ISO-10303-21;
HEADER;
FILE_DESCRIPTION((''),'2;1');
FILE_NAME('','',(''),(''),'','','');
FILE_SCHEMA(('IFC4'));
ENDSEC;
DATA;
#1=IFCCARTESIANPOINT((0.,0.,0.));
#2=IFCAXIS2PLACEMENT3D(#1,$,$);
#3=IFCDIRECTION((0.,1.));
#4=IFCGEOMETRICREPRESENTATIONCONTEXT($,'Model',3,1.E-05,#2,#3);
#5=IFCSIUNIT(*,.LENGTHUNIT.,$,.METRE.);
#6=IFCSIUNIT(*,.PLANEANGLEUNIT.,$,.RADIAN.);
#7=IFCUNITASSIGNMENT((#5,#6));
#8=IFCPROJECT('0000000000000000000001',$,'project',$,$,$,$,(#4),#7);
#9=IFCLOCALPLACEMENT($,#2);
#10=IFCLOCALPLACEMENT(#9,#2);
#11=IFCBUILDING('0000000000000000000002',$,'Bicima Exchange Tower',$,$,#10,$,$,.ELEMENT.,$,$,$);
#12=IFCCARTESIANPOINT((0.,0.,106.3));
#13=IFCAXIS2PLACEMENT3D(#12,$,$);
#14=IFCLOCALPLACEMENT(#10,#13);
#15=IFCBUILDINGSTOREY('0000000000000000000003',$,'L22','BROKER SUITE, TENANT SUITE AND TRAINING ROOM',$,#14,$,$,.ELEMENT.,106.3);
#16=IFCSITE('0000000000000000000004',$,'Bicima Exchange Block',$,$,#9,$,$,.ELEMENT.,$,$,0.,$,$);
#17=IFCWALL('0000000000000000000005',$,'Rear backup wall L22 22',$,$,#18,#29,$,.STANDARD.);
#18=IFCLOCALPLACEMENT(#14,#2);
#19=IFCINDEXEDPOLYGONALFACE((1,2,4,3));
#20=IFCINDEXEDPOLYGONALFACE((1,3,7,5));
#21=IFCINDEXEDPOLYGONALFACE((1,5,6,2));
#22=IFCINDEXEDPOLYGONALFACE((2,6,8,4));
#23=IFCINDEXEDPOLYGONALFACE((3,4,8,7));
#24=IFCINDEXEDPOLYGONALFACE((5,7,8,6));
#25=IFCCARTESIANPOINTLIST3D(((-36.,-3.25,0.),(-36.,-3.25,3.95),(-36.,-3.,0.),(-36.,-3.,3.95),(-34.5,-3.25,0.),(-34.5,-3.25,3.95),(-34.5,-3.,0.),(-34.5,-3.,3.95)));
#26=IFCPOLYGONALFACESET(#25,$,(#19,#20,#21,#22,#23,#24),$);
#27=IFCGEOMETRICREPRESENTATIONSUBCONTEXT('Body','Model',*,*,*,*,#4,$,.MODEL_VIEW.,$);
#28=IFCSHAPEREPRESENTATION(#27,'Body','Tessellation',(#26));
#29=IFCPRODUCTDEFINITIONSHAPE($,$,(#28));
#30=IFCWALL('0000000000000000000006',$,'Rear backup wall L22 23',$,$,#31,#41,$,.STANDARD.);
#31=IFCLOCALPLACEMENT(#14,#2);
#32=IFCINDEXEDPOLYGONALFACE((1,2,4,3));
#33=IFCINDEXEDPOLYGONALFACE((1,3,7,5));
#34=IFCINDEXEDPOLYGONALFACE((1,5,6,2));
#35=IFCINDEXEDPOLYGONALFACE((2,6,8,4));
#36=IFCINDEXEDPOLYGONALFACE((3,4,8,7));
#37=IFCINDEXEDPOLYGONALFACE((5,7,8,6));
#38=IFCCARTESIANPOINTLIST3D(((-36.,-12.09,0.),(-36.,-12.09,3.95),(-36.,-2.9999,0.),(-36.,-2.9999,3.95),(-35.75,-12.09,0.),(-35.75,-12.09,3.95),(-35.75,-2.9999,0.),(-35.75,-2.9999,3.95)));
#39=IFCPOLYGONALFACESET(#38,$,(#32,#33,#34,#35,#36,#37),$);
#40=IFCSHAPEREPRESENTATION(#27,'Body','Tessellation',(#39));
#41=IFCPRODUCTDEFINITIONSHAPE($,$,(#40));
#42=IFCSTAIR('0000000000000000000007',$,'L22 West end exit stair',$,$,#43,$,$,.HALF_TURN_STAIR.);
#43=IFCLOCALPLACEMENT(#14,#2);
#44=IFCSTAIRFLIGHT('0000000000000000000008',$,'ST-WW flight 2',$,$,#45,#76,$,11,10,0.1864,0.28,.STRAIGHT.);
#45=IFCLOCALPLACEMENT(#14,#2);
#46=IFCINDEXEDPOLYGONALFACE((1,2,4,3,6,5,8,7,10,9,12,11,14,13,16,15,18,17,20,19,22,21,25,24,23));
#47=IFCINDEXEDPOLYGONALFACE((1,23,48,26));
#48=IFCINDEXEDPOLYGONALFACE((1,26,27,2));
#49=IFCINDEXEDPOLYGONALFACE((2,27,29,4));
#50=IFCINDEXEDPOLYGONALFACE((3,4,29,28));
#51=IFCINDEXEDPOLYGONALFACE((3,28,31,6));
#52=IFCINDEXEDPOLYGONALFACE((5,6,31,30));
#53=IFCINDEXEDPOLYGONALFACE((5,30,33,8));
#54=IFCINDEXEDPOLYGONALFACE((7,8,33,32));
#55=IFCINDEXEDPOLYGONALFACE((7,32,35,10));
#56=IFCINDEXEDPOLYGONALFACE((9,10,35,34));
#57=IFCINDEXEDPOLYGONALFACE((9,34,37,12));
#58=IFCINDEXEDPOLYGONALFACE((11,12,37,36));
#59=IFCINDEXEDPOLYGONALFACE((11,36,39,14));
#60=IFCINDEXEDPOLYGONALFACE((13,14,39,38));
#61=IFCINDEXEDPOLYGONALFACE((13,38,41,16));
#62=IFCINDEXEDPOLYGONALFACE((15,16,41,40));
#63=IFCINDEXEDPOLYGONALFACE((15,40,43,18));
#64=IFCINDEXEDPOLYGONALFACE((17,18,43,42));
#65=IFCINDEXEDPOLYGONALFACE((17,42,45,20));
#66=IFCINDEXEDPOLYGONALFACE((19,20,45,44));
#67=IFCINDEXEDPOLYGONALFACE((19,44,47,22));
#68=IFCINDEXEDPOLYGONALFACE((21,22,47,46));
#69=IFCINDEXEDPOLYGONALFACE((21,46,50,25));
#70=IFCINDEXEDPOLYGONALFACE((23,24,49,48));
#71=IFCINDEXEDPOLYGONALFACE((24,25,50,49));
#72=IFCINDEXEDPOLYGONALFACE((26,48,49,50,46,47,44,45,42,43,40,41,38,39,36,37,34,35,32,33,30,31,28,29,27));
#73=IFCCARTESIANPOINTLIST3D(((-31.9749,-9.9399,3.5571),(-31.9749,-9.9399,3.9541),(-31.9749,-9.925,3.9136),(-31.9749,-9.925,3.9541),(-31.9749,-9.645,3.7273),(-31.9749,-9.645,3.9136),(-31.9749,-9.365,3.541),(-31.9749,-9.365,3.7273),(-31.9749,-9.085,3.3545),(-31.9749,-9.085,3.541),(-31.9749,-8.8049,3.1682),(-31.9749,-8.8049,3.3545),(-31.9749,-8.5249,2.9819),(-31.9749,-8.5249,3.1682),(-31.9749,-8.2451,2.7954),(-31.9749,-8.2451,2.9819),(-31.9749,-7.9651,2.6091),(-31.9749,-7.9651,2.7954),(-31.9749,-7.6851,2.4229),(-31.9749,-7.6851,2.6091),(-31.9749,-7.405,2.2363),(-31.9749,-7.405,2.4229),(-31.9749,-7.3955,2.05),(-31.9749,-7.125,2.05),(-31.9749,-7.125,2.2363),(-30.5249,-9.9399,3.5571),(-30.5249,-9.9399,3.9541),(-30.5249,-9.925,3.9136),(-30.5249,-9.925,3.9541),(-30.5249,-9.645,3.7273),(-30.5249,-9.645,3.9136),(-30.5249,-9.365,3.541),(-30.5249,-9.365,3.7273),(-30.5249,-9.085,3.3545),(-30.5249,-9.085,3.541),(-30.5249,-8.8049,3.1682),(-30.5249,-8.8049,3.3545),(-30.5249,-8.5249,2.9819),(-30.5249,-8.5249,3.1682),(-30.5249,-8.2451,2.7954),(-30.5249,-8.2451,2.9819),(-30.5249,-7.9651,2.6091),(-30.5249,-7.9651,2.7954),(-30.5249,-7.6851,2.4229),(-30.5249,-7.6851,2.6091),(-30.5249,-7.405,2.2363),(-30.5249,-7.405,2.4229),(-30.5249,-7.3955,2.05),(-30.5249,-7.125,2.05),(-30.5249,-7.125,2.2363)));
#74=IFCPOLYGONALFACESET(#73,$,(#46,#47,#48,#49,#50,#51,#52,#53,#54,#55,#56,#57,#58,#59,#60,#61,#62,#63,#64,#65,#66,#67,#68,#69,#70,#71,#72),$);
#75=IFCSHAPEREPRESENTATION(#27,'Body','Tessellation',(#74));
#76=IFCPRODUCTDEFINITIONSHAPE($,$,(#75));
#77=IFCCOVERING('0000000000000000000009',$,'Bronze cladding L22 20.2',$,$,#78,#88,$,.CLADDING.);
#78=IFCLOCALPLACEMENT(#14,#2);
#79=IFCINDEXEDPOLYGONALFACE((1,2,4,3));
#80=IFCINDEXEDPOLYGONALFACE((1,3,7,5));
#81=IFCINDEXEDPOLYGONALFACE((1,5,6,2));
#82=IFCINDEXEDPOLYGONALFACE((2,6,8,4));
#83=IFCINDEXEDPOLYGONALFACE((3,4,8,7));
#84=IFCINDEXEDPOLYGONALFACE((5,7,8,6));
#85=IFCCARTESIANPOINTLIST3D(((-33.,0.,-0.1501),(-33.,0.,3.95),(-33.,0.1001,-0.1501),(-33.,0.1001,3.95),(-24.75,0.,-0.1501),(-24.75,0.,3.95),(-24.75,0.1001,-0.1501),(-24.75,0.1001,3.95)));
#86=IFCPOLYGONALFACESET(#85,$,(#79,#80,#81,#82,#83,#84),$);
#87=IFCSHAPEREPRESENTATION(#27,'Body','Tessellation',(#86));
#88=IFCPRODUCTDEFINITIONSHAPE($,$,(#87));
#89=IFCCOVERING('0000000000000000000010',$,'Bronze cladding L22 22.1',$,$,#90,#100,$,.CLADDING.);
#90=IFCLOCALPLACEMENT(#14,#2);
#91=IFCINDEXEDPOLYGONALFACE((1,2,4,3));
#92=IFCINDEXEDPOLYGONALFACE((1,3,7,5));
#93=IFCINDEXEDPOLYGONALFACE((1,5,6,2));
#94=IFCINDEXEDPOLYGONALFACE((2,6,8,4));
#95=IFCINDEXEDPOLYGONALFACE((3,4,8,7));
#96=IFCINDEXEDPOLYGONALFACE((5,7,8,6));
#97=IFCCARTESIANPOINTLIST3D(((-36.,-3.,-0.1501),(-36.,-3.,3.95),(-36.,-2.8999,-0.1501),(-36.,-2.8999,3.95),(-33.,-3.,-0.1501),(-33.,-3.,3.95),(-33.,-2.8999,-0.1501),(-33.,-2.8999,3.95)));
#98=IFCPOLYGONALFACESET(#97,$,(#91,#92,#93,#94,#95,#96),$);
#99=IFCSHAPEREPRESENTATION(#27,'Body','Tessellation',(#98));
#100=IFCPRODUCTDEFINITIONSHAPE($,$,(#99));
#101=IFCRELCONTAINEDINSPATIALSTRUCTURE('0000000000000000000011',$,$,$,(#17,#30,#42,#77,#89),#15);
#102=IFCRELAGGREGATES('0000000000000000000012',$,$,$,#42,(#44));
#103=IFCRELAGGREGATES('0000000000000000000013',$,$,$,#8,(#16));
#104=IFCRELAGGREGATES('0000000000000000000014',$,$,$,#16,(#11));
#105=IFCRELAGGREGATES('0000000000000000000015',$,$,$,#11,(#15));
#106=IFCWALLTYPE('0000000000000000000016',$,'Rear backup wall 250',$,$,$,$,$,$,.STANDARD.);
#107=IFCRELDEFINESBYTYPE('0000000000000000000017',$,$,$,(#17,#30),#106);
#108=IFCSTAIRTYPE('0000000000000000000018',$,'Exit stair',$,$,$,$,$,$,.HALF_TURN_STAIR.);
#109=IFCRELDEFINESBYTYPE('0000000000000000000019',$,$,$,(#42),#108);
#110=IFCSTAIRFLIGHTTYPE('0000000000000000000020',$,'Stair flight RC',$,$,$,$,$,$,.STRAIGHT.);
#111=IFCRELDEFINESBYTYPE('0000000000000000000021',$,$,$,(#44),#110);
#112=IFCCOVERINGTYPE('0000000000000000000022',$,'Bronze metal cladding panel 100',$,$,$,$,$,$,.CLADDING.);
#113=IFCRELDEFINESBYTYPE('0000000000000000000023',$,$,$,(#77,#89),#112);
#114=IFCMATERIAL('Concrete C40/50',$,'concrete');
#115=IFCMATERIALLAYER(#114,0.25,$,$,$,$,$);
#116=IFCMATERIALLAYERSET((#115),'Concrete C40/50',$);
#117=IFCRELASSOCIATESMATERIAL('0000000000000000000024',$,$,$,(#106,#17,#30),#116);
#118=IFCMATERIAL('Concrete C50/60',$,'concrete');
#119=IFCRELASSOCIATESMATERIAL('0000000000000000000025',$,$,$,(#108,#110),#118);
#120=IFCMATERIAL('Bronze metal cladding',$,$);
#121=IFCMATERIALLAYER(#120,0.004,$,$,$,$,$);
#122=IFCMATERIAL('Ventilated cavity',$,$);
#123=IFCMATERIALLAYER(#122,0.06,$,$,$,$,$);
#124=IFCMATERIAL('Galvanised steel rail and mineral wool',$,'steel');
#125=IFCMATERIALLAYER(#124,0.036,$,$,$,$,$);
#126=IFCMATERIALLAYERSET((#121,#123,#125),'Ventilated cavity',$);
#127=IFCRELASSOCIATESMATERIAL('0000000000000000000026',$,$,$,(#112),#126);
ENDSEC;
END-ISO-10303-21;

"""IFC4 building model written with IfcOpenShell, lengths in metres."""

from ifc_helpers import new_model, si_unit, direction, frame, frame_2d, origin, origin_2d, place, context, subcontext, project, spatial, polyline, rectangle, outline, extrude, material, layer, layer_set, layer_usage, type_object, element, aggregate, save


model = new_model("IFC4")

# Units and contexts
model_context = context("Model", 3, precision=1e-05, world=origin(), true_north=direction((0.0, 1.0)))
body_context = subcontext(model_context, "Body", "Model", "MODEL_VIEW")
ifc_project = project(units=[si_unit("LENGTHUNIT", "METRE"), si_unit("PLANEANGLEUNIT", "RADIAN")], contexts=[model_context])

# Site, building, storey
site_placement = place(None, origin())
site = spatial("IfcSite", under=ifc_project, at=site_placement, Name="Bicima Exchange Block", CompositionType="ELEMENT", RefElevation=0.0)
building_placement = place(site_placement, origin())
building = spatial("IfcBuilding", under=site, at=building_placement, Name="Bicima Exchange Tower", CompositionType="ELEMENT")
storey_placement = place(building_placement, frame((0.0, 0.0, 106.3)))
storey = spatial("IfcBuildingStorey", under=building, at=storey_placement, Name="L22", Description="BROKER SUITE, TENANT SUITE AND TRAINING ROOM", CompositionType="ELEMENT", Elevation=106.3)

# Walls
ifc_material_1 = material(Name="Concrete C50/60", Category="concrete")
ifc_material_2 = material(Name="Concrete C40/50", Category="concrete")
ifc_layer_1 = layer(ifc_material_2, 0.25)
ifc_layer_set_1 = layer_set([ifc_layer_1], Name="Concrete C40/50")
ifc_layer_usage = layer_usage(ifc_layer_set_1, "AXIS2", "POSITIVE", -0.125)
wall_type_1 = type_object("IfcWallType", Name="Rear backup wall 250", PredefinedType="STANDARD", material=ifc_layer_set_1)
wall_1_placement = place(storey_placement, frame((-34.5, -3.125, 0.0), z_axis=(0.0, 0.0, 1.0), x_axis=(-1.0, 0.0, 0.0)))
element("IfcWall", 1, at=wall_1_placement, inside=storey, type_object=wall_type_1, material=ifc_layer_usage, Name="Rear backup wall L22 22", PredefinedType="STANDARD", context=body_context, shape_type="SweptSolid", body=[
    extrude(rectangle(XDim=1.5, YDim=0.25, at=frame_2d((0.75, 0.0))), origin(), (0.0, 0.0, 1.0), 3.95),
])
wall_2_placement = place(storey_placement, frame((-35.875, -3.0, 0.0), z_axis=(0.0, 0.0, 1.0), x_axis=(0.0, -1.0, 0.0)))
element("IfcWall", 2, at=wall_2_placement, inside=storey, type_object=wall_type_1, material=ifc_layer_usage, Name="Rear backup wall L22 23", PredefinedType="STANDARD", context=body_context, shape_type="SweptSolid", body=[
    extrude(rectangle(XDim=9.0901, YDim=0.25, at=frame_2d((4.5449, 0.0))), origin(), (0.0, 0.0, 1.0), 3.95),
])

# Stair, stair flight
stair_type = type_object("IfcStairType", Name="Exit stair", PredefinedType="HALF_TURN_STAIR", material=ifc_material_1)
stair_placement = place(storey_placement, origin())
stair = element("IfcStair", 3, at=stair_placement, inside=storey, type_object=stair_type, Name="L22 West end exit stair", PredefinedType="HALF_TURN_STAIR")
stair_flight_type = type_object("IfcStairFlightType", Name="Stair flight RC", PredefinedType="STRAIGHT", material=ifc_material_1)
stair_flight_placement = place(storey_placement, frame((-31.25, -7.125, 2.05), z_axis=(0.0, 0.0, 1.0), x_axis=(0.0, -1.0, 0.0)))
stair_flight = element("IfcStairFlight", 4, at=stair_flight_placement, type_object=stair_flight_type, Name="ST-WW flight 2", NumberOfRisers=11, NumberOfTreads=10, PredefinedType="STRAIGHT", RiserHeight=0.1864, TreadLength=0.28, context=body_context, shape_type="SweptSolid", body=[
    extrude(outline(polyline([(0.0, 0.0), (0.0, 0.1863), (0.28, 0.1863), (0.28, 0.3728), (0.5601, 0.3728), (0.5601, 0.5591), (0.8401, 0.5591), (0.8401, 0.7454), (1.1201, 0.7454), (1.1201, 0.9319), (1.3999, 0.9319), (1.3999, 1.1182), (1.6799, 1.1182), (1.6799, 1.3044), (1.96, 1.3044), (1.96, 1.491), (2.24, 1.491), (2.24, 1.6772), (2.52, 1.6772), (2.52, 1.8635), (2.8, 1.8635), (2.8, 1.9041), (2.8149, 1.9041), (2.8149, 1.5071), (0.2705, 0.0), (0.0, 0.0)])), frame((0.0, 0.7251, 0.0), z_axis=(0.0, -1.0, 0.0), x_axis=(1.0, 0.0, 0.0)), (0.0, 0.0, 1.0), 1.45),
])
aggregate(stair, [stair_flight])

# Coverings
ifc_material_3 = material(Name="Bronze metal cladding")
ifc_layer_2 = layer(ifc_material_3, 0.004)
ifc_material_4 = material(Name="Ventilated cavity")
ifc_layer_3 = layer(ifc_material_4, 0.06)
ifc_material_5 = material(Name="Galvanised steel rail and mineral wool", Category="steel")
ifc_layer_4 = layer(ifc_material_5, 0.036)
ifc_layer_set_2 = layer_set([ifc_layer_2, ifc_layer_3, ifc_layer_4], Name="Ventilated cavity")
covering_type = type_object("IfcCoveringType", Name="Bronze metal cladding panel 100", PredefinedType="CLADDING", material=ifc_layer_set_2)
covering_1_placement = place(storey_placement, frame((-28.875, 0.05, -0.1501), z_axis=(0.0, 0.0, 1.0), x_axis=(-1.0, 0.0, 0.0)))
element("IfcCovering", 5, at=covering_1_placement, inside=storey, type_object=covering_type, Name="Bronze cladding L22 20.2", PredefinedType="CLADDING", context=body_context, shape_type="SweptSolid", body=[
    extrude(rectangle(XDim=8.25, YDim=0.1001, at=origin_2d()), origin(), (0.0, 0.0, 1.0), 4.1001),
])
covering_2_placement = place(storey_placement, frame((-34.5, -2.95, -0.1501), z_axis=(0.0, 0.0, 1.0), x_axis=(-1.0, 0.0, 0.0)))
element("IfcCovering", 6, at=covering_2_placement, inside=storey, type_object=covering_type, Name="Bronze cladding L22 22.1", PredefinedType="CLADDING", context=body_context, shape_type="SweptSolid", body=[
    extrude(rectangle(XDim=3.0, YDim=0.1001, at=origin_2d()), origin(), (0.0, 0.0, 1.0), 4.1001),
])

save(model, "model.ifc")
